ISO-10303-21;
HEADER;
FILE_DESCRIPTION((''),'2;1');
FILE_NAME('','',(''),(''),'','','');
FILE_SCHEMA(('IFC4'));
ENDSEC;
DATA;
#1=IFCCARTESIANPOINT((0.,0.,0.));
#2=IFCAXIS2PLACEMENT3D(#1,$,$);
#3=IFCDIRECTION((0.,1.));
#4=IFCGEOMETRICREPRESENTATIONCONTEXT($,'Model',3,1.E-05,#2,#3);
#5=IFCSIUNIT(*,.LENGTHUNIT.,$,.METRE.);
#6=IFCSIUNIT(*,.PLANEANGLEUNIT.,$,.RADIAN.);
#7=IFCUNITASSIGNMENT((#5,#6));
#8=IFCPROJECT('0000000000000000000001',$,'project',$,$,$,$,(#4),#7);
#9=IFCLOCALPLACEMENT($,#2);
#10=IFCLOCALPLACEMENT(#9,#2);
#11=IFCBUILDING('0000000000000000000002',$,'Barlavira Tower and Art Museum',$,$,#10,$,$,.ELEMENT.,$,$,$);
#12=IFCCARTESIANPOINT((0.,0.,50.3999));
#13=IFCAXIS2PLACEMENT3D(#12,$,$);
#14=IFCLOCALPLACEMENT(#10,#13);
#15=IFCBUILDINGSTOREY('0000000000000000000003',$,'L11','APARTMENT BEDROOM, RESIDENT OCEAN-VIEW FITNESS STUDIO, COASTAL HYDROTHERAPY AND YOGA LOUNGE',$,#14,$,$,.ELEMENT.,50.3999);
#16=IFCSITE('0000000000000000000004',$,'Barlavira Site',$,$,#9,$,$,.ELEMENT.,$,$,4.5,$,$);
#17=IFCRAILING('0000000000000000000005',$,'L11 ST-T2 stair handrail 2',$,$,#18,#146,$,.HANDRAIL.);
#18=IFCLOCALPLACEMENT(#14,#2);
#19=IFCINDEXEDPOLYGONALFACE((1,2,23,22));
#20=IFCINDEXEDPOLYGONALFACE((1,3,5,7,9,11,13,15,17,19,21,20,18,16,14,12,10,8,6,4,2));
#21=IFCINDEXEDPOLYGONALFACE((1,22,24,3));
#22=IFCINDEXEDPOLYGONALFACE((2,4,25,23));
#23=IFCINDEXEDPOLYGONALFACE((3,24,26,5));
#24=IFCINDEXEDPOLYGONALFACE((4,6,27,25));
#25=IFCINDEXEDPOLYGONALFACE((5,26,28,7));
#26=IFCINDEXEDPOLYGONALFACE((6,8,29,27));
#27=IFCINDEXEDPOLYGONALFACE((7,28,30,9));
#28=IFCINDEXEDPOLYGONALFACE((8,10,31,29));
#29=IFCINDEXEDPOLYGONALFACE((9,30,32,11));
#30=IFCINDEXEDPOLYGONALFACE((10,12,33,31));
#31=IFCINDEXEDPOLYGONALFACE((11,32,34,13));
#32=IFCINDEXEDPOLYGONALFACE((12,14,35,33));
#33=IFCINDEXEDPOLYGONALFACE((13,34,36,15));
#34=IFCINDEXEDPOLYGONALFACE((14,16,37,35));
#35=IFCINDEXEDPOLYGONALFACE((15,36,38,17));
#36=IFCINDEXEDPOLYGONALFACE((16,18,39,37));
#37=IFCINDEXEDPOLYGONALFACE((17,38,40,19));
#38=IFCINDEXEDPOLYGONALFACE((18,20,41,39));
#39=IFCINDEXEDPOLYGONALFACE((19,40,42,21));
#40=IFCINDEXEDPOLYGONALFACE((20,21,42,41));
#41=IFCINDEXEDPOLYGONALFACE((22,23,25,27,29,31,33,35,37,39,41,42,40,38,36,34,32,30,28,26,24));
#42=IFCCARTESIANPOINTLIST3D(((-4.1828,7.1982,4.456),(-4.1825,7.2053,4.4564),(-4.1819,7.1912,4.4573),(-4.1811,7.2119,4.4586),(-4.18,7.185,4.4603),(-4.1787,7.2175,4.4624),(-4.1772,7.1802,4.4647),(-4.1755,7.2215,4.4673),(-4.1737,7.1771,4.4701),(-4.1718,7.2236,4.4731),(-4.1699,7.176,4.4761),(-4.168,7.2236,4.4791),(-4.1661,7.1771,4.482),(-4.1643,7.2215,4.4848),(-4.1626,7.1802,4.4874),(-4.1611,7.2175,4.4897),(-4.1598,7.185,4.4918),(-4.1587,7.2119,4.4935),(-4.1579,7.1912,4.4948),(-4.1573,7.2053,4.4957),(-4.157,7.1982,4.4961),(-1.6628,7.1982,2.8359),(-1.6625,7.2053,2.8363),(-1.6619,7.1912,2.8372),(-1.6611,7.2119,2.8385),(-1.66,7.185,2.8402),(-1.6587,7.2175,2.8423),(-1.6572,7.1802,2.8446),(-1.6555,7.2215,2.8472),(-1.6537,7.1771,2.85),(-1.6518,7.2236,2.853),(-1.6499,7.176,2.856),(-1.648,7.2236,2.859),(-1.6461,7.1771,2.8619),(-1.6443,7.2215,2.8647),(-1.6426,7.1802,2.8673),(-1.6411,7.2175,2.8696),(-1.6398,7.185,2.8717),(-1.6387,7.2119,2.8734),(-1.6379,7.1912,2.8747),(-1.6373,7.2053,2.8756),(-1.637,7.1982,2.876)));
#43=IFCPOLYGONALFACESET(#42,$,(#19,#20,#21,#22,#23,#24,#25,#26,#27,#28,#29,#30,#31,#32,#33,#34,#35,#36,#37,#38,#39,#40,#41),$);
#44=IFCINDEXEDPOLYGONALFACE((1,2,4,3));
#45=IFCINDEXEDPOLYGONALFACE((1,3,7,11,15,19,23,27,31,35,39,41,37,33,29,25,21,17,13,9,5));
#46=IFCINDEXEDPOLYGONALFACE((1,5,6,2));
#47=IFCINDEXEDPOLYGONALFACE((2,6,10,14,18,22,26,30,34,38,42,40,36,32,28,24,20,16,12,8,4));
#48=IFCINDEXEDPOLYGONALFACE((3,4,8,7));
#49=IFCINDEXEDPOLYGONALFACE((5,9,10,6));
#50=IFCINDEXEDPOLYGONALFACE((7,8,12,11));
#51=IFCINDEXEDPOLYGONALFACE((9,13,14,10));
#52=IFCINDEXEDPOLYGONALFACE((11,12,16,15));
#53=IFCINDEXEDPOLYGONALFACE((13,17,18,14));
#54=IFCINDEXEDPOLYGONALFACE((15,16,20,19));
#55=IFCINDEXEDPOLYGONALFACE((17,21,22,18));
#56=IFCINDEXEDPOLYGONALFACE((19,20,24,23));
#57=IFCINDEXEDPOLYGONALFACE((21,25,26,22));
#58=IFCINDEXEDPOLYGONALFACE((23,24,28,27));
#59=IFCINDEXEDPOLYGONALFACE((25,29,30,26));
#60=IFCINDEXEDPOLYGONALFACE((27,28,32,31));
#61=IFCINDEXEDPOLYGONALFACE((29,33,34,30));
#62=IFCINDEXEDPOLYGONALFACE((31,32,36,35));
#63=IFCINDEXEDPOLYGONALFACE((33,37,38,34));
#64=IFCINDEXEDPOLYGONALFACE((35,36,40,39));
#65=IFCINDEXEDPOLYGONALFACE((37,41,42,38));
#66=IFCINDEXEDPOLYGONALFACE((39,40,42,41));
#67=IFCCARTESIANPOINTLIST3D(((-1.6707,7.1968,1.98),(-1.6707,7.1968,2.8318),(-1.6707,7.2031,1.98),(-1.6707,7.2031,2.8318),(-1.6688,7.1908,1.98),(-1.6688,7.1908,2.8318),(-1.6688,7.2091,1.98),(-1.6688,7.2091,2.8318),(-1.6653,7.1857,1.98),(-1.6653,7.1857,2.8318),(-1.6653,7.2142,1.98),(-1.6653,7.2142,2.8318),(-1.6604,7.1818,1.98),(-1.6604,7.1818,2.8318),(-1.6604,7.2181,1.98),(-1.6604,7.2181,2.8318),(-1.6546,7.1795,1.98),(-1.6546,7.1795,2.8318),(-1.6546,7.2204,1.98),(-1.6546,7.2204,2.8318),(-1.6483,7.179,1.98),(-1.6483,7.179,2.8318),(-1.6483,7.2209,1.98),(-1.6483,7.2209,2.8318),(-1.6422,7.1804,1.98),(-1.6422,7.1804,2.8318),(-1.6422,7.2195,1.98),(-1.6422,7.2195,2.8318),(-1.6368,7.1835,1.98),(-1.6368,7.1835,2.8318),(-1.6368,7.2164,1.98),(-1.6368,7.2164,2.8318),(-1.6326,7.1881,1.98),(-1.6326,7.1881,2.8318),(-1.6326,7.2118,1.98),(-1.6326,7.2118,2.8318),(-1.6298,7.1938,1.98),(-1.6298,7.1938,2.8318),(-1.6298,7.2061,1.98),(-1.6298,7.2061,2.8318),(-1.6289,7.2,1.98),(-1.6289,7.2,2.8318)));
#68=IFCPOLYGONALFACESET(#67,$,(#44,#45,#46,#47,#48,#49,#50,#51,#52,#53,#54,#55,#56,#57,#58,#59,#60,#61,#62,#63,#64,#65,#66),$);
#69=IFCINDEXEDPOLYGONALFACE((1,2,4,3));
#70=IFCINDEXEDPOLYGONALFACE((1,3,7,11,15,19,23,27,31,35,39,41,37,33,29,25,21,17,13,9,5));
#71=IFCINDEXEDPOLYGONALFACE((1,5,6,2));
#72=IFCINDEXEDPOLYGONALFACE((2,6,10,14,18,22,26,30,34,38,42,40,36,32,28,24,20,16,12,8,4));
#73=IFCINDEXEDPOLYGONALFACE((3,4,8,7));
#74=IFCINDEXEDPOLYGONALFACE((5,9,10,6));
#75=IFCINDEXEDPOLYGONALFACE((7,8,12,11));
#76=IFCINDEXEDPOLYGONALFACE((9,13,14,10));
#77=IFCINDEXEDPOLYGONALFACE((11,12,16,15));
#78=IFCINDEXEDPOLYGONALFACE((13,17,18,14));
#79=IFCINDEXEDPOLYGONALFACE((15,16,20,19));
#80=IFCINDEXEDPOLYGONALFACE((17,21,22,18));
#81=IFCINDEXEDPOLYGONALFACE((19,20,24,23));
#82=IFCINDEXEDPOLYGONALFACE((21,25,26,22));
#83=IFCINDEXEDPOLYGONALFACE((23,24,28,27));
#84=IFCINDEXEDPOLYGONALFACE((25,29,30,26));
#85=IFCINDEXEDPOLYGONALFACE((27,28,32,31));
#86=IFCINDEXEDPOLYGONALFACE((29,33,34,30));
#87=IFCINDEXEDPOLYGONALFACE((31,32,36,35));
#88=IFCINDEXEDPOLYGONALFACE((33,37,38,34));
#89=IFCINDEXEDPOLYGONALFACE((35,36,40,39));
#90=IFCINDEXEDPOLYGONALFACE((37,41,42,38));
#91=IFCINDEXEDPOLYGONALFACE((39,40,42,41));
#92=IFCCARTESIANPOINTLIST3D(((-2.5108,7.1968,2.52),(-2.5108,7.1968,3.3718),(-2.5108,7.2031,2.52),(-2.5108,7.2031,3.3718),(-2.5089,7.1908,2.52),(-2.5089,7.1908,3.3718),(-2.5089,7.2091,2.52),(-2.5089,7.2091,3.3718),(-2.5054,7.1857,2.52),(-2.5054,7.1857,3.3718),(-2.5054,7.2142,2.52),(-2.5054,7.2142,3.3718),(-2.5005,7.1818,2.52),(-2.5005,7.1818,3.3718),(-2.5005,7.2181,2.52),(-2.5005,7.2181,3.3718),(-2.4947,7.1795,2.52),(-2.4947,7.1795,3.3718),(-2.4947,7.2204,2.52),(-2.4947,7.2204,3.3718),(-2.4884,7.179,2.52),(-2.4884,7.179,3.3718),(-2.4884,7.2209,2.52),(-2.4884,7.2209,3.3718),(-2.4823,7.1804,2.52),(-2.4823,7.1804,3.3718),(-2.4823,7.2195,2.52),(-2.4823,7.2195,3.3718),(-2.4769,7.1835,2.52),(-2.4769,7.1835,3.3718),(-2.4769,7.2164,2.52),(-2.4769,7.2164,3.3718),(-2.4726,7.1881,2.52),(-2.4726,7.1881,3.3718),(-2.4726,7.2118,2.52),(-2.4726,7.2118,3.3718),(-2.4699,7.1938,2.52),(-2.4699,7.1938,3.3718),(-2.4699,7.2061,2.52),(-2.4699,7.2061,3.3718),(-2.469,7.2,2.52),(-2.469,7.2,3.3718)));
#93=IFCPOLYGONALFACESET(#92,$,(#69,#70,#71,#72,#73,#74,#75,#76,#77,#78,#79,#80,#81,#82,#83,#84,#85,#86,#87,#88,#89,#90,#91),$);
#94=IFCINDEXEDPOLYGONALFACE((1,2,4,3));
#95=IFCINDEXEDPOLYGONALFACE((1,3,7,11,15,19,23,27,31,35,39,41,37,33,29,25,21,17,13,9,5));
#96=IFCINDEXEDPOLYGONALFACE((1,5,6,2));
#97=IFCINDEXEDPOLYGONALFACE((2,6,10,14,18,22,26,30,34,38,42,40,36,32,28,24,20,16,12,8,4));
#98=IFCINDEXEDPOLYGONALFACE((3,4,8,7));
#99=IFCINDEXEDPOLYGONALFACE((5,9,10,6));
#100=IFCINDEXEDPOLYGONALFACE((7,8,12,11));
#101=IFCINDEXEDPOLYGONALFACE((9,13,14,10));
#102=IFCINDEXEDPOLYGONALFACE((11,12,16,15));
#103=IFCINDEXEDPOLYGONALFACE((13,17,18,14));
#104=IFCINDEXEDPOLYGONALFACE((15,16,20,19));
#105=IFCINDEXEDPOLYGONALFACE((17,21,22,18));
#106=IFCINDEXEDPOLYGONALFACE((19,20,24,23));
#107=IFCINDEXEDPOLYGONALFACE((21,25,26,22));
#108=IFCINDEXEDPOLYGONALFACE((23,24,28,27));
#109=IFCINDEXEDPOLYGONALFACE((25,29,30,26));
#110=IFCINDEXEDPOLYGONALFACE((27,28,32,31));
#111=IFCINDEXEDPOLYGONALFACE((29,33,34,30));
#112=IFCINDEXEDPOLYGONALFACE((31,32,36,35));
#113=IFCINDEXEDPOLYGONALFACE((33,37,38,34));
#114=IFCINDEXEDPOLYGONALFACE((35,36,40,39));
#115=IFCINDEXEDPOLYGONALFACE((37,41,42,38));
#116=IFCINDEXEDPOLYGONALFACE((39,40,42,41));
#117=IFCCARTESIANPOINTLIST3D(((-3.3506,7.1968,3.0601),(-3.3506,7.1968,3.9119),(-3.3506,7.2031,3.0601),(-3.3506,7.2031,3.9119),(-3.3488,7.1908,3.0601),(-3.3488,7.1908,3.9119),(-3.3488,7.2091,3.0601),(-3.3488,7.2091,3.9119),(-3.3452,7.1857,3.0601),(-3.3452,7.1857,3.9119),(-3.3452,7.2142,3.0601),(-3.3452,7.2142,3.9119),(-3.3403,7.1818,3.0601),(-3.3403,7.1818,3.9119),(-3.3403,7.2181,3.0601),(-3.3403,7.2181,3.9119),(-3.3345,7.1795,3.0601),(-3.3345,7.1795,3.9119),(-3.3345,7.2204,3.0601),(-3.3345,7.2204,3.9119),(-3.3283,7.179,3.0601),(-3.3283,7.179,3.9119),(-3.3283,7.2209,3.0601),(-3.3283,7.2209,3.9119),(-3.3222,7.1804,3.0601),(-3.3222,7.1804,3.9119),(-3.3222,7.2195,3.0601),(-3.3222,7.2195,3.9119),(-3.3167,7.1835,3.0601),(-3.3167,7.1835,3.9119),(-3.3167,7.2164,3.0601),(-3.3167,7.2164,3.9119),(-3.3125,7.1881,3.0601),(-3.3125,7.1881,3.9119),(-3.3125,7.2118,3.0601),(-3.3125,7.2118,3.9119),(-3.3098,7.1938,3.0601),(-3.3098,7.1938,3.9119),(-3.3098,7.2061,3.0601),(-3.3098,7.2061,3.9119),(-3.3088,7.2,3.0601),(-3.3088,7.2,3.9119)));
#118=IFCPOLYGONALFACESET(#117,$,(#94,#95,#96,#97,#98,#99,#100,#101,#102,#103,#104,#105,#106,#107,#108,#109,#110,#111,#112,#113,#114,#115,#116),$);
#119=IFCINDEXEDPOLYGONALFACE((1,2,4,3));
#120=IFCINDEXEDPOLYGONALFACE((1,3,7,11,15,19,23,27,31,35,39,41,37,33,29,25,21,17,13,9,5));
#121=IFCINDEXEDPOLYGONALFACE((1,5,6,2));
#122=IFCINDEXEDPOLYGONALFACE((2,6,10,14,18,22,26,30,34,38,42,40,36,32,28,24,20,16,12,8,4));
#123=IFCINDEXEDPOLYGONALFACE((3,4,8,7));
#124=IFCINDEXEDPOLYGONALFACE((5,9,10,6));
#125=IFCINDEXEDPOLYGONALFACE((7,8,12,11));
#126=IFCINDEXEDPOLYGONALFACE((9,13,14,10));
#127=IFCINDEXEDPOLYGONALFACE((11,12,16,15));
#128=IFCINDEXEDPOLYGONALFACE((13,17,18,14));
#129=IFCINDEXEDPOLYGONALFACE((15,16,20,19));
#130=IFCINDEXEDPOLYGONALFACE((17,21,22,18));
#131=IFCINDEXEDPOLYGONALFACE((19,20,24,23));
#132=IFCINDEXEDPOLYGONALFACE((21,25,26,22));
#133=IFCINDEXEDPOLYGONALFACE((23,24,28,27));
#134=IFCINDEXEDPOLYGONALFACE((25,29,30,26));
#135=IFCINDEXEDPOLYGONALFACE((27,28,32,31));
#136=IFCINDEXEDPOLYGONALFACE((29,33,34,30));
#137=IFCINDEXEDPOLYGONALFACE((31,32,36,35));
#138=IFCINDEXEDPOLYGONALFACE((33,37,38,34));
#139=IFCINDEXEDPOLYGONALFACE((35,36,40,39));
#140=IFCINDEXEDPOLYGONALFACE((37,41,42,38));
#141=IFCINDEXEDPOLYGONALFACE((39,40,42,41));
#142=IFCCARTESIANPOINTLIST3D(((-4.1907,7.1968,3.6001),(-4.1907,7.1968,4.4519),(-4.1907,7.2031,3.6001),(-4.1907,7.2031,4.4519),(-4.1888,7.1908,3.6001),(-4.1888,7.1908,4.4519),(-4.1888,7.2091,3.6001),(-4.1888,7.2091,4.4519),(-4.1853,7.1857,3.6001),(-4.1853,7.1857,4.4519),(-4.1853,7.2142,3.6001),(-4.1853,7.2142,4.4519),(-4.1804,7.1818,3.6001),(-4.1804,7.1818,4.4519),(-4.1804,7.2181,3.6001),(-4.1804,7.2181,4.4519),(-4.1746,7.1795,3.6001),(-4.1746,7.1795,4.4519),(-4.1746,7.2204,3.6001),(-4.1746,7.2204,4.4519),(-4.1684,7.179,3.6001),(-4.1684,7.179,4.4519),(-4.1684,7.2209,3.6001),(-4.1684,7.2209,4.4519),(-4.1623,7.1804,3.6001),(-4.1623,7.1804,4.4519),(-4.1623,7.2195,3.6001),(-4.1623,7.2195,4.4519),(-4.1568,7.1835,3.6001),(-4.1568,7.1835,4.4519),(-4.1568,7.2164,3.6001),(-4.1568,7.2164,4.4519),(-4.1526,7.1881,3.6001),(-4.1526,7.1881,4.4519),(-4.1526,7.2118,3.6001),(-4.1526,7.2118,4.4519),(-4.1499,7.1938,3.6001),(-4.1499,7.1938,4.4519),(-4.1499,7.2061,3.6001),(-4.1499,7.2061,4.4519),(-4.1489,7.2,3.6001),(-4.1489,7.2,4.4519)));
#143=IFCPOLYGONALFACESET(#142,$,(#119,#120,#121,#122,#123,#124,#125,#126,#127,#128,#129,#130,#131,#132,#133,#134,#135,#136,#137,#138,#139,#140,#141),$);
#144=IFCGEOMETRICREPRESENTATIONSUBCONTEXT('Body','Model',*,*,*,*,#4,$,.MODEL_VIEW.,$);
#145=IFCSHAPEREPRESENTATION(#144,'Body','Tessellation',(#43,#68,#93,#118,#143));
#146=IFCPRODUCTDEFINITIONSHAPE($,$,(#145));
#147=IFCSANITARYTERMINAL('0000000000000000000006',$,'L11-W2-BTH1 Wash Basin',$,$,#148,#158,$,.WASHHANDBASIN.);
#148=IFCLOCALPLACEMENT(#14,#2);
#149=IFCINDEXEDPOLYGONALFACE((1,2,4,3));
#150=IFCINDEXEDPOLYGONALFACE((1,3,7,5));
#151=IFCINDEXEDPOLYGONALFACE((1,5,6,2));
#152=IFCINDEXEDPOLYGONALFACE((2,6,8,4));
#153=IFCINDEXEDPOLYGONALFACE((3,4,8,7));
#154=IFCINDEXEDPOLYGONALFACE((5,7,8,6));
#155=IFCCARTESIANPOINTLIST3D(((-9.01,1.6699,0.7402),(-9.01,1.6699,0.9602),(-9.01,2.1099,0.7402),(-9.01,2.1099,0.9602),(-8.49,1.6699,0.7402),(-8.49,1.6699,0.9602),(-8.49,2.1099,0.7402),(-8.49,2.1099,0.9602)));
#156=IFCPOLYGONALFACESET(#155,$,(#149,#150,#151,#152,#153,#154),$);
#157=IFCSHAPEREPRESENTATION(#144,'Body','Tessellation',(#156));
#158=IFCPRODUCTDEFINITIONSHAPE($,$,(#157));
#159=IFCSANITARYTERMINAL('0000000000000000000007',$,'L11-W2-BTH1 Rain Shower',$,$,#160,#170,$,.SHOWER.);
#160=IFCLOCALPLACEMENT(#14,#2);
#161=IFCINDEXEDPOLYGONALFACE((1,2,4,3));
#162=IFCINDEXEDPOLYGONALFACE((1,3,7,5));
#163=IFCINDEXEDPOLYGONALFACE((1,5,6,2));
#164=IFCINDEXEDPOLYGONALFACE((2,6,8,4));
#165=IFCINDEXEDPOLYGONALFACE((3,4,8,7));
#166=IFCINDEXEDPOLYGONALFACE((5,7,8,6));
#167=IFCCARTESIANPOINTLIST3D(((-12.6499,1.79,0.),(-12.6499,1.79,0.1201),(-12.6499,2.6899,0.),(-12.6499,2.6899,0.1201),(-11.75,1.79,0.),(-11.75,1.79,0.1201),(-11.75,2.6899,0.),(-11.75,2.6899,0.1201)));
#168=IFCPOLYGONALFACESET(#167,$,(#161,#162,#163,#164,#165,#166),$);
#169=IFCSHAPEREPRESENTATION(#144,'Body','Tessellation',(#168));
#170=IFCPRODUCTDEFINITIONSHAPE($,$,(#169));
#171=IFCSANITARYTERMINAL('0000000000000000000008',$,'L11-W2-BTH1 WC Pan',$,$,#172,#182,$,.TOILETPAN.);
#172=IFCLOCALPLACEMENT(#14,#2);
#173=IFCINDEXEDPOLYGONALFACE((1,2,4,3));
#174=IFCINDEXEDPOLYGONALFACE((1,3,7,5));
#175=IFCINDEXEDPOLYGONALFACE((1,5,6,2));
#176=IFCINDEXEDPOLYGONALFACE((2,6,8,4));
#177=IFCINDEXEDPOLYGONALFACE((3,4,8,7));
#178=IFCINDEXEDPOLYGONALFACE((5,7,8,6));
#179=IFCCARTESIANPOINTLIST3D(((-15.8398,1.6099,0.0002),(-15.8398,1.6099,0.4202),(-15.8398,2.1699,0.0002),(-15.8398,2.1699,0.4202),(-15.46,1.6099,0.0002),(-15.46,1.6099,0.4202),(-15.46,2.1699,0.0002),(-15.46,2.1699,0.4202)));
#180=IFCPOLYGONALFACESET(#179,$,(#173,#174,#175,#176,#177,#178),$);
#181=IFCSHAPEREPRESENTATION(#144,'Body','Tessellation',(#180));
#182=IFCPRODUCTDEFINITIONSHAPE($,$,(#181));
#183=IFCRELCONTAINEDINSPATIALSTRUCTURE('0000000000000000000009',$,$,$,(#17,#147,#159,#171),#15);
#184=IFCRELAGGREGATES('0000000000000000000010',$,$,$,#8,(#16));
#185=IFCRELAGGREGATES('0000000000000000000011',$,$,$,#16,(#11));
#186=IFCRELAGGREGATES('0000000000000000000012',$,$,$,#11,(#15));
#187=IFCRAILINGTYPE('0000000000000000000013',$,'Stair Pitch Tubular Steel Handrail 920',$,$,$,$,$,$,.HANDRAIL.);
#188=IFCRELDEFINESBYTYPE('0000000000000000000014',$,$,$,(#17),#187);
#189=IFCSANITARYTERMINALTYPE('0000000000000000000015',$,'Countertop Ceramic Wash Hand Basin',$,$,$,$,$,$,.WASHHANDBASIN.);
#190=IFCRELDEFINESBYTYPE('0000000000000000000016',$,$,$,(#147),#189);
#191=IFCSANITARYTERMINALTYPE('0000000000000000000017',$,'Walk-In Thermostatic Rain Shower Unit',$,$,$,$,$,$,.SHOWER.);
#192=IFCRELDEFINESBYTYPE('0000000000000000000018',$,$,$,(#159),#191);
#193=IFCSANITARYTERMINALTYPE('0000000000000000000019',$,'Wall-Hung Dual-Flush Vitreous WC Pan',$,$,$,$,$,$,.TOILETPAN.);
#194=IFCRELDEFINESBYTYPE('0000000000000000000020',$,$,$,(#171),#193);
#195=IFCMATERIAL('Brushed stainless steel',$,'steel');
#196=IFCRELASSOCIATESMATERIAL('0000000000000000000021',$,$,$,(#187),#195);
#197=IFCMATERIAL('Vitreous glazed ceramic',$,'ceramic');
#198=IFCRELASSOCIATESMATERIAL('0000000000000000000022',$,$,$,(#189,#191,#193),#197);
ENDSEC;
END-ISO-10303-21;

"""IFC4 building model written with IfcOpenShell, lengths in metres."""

from ifc_helpers import new_model, si_unit, direction, frame, origin, origin_2d, place, context, subcontext, project, spatial, rectangle, circle, extrude, material, type_object, element, save


model = new_model("IFC4")

# Units and contexts
model_context = context("Model", 3, precision=1e-05, world=origin(), true_north=direction((0.0, 1.0)))
body_context = subcontext(model_context, "Body", "Model", "MODEL_VIEW")
ifc_project = project(units=[si_unit("LENGTHUNIT", "METRE"), si_unit("PLANEANGLEUNIT", "RADIAN")], contexts=[model_context])

# Site, building, storey
site_placement = place(None, origin())
site = spatial("IfcSite", under=ifc_project, at=site_placement, Name="Barlavira Site", CompositionType="ELEMENT", RefElevation=4.5)
building_placement = place(site_placement, origin())
building = spatial("IfcBuilding", under=site, at=building_placement, Name="Barlavira Tower and Art Museum", CompositionType="ELEMENT")
storey_placement = place(building_placement, frame((0.0, 0.0, 50.3999)))
storey = spatial("IfcBuildingStorey", under=building, at=storey_placement, Name="L11", Description="APARTMENT BEDROOM, RESIDENT OCEAN-VIEW FITNESS STUDIO, COASTAL HYDROTHERAPY AND YOGA LOUNGE", CompositionType="ELEMENT", Elevation=50.3999)

# Shared definitions
ifc_material_1 = material(Name="Brushed stainless steel", Category="steel")

# Railing
railing_type_1 = type_object("IfcRailingType", Name="Stair Pitch Tubular Steel Handrail 920", PredefinedType="HANDRAIL", material=ifc_material_1)
railing_1_placement = place(storey_placement, frame((-1.6499, 7.2, 1.98)))
element("IfcRailing", 1, at=railing_1_placement, inside=storey, type_object=railing_type_1, Name="L11 ST-T2 stair handrail 2", PredefinedType="HANDRAIL", context=body_context, shape_type="SweptSolid", body=[
    extrude(circle(Radius=0.0239, at=origin_2d()), frame((0.0, 0.0, 0.876), z_axis=(-0.841163, 0.0, 0.540782), x_axis=(0.0, -1.0, 0.0)), (0.0, 0.0, 1.0), 2.9958),
    extrude(circle(Radius=0.021, at=origin_2d()), origin(), (0.0, 0.0, 1.0), 0.8518),
    extrude(circle(Radius=0.021, at=origin_2d()), frame((-0.8401, 0.0, 0.54)), (0.0, 0.0, 1.0), 0.8518),
    extrude(circle(Radius=0.021, at=origin_2d()), frame((-1.6799, 0.0, 1.0801)), (0.0, 0.0, 1.0), 0.8518),
    extrude(circle(Radius=0.021, at=origin_2d()), frame((-2.52, 0.0, 1.6201)), (0.0, 0.0, 1.0), 0.8518),
])

# Sanitary terminals
ifc_material_2 = material(Name="Vitreous glazed ceramic", Category="ceramic")
sanitary_terminal_type_1 = type_object("IfcSanitaryTerminalType", Name="Countertop Ceramic Wash Hand Basin", PredefinedType="WASHHANDBASIN", material=ifc_material_2)
sanitary_terminal_1_placement = place(storey_placement, frame((-8.75, 1.8899, 0.7402), z_axis=(0.0, 0.0, 1.0), x_axis=(1.0, 0.0, 0.0)))
element("IfcSanitaryTerminal", 2, at=sanitary_terminal_1_placement, inside=storey, type_object=sanitary_terminal_type_1, Name="L11-W2-BTH1 Wash Basin", PredefinedType="WASHHANDBASIN", context=body_context, shape_type="SweptSolid", body=[
    extrude(rectangle(XDim=0.52, YDim=0.4399, at=origin_2d()), origin(), (0.0, 0.0, 1.0), 0.22),
])
sanitary_terminal_type_2 = type_object("IfcSanitaryTerminalType", Name="Walk-In Thermostatic Rain Shower Unit", PredefinedType="SHOWER", material=ifc_material_2)
sanitary_terminal_2_placement = place(storey_placement, frame((-12.2, 2.24, 0.0), z_axis=(0.0, 0.0, 1.0), x_axis=(1.0, 0.0, 0.0)))
element("IfcSanitaryTerminal", 3, at=sanitary_terminal_2_placement, inside=storey, type_object=sanitary_terminal_type_2, Name="L11-W2-BTH1 Rain Shower", PredefinedType="SHOWER", context=body_context, shape_type="SweptSolid", body=[
    extrude(rectangle(XDim=0.8999, YDim=0.8999, at=origin_2d()), origin(), (0.0, 0.0, 1.0), 0.1201),
])
sanitary_terminal_type_3 = type_object("IfcSanitaryTerminalType", Name="Wall-Hung Dual-Flush Vitreous WC Pan", PredefinedType="TOILETPAN", material=ifc_material_2)
sanitary_terminal_3_placement = place(storey_placement, frame((-15.6499, 1.8899, 0.0002), z_axis=(0.0, 0.0, 1.0), x_axis=(1.0, 0.0, 0.0)))
element("IfcSanitaryTerminal", 4, at=sanitary_terminal_3_placement, inside=storey, type_object=sanitary_terminal_type_3, Name="L11-W2-BTH1 WC Pan", PredefinedType="TOILETPAN", context=body_context, shape_type="SweptSolid", body=[
    extrude(rectangle(XDim=0.3799, YDim=0.5601, at=origin_2d()), origin(), (0.0, 0.0, 1.0), 0.4199),
])

save(model, "model.ifc")
